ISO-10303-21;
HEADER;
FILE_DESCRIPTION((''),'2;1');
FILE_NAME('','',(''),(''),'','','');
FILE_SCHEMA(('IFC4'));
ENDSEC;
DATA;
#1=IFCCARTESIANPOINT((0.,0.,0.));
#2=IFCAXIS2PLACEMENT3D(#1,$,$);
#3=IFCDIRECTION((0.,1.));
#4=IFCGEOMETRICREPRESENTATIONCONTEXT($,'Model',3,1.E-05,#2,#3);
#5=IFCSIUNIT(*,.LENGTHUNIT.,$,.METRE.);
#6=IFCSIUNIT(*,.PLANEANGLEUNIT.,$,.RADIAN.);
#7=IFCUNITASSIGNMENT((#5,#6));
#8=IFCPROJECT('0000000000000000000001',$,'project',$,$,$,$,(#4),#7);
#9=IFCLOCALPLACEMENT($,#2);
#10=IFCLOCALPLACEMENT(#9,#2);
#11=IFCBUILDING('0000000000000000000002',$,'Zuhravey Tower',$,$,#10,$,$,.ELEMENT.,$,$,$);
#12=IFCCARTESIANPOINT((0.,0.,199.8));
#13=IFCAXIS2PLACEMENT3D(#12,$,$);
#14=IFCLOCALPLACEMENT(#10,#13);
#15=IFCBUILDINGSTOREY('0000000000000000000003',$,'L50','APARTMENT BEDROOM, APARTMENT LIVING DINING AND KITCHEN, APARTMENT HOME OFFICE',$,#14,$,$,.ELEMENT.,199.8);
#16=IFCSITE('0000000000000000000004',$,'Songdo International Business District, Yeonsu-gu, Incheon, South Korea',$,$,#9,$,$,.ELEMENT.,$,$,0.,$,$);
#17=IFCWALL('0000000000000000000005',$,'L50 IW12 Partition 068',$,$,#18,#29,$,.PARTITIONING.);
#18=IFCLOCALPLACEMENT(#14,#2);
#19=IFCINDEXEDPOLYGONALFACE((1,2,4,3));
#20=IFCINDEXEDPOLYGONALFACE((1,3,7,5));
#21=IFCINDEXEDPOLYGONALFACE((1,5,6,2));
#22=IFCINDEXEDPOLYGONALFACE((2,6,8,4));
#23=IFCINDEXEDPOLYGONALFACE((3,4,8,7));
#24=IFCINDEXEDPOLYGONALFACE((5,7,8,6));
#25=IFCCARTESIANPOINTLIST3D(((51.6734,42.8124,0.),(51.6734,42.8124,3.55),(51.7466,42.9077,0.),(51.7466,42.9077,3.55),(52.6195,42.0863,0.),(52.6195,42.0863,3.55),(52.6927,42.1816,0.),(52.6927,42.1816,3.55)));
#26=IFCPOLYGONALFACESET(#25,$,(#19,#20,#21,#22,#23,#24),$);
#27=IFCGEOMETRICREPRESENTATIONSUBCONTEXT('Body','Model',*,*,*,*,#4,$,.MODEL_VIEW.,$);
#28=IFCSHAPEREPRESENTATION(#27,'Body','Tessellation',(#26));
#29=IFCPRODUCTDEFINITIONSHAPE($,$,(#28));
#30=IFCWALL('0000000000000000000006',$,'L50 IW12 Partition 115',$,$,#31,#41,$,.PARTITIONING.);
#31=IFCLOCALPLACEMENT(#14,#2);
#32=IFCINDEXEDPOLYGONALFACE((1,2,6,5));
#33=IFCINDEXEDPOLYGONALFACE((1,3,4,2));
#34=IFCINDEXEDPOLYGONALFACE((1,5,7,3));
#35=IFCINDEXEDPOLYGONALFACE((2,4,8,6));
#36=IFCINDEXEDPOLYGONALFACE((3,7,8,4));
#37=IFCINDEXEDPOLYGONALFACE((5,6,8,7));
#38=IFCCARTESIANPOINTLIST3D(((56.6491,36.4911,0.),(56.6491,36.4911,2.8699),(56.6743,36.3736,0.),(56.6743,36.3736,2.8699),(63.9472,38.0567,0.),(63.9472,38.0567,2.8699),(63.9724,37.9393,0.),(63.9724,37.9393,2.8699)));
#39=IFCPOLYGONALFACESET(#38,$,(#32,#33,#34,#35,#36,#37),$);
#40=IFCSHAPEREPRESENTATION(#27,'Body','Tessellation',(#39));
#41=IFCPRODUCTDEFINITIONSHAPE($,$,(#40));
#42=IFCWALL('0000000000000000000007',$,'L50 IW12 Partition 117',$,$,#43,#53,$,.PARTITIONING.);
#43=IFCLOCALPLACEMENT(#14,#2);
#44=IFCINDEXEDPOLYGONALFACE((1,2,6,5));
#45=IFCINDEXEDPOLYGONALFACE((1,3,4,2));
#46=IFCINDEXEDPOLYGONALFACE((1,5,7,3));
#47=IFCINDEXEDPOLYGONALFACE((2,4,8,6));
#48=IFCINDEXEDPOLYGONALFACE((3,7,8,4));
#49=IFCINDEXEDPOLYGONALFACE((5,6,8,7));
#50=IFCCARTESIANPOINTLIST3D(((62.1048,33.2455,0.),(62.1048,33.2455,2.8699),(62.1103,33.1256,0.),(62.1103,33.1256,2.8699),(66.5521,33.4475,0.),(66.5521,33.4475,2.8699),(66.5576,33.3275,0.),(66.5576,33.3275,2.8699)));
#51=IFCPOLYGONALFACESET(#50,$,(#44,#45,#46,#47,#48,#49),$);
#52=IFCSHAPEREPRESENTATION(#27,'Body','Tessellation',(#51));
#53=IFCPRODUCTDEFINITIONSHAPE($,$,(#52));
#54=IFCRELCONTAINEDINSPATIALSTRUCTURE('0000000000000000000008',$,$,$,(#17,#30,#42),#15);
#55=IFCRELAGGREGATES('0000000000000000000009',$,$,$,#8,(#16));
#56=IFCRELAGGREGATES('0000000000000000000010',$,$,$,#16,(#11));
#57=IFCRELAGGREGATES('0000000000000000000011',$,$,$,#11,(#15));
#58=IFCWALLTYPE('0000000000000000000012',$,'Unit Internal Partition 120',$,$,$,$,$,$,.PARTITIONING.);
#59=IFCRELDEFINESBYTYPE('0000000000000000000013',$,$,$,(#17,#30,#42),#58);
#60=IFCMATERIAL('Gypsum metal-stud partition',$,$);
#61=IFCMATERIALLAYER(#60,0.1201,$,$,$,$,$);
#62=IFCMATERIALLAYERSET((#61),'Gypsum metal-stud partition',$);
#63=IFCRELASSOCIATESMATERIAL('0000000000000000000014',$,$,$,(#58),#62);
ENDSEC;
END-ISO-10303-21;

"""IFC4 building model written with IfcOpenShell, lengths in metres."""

from ifc_helpers import new_model, si_unit, direction, frame, frame_2d, origin, place, context, subcontext, project, spatial, rectangle, extrude, material, layer, layer_set, type_object, element, save


model = new_model("IFC4")

# Units and contexts
model_context = context("Model", 3, precision=1e-05, world=origin(), true_north=direction((0.0, 1.0)))
body_context = subcontext(model_context, "Body", "Model", "MODEL_VIEW")
ifc_project = project(units=[si_unit("LENGTHUNIT", "METRE"), si_unit("PLANEANGLEUNIT", "RADIAN")], contexts=[model_context])

# Site, building, storey
site_placement = place(None, origin())
site = spatial("IfcSite", under=ifc_project, at=site_placement, Name="Songdo International Business District, Yeonsu-gu, Incheon, South Korea", CompositionType="ELEMENT", RefElevation=0.0)
building_placement = place(site_placement, origin())
building = spatial("IfcBuilding", under=site, at=building_placement, Name="Zuhravey Tower", CompositionType="ELEMENT")
storey_placement = place(building_placement, frame((0.0, 0.0, 199.8)))
storey = spatial("IfcBuildingStorey", under=building, at=storey_placement, Name="L50", Description="APARTMENT BEDROOM, APARTMENT LIVING DINING AND KITCHEN, APARTMENT HOME OFFICE", CompositionType="ELEMENT", Elevation=199.8)

# Shared definitions
ifc_material_1 = material(Name="Gypsum metal-stud partition")
ifc_layer_1 = layer(ifc_material_1, 0.1201)
ifc_layer_set_1 = layer_set([ifc_layer_1], Name="Gypsum metal-stud partition")
wall_type_1 = type_object("IfcWallType", Name="Unit Internal Partition 120", PredefinedType="PARTITIONING", material=ifc_layer_set_1)

# Walls
wall_1_placement = place(storey_placement, frame((52.656, 42.134, 0.0), z_axis=(0.0, 0.0, 1.0), x_axis=(-0.793293, 0.60884, 0.0)))
element("IfcWall", 1, at=wall_1_placement, inside=storey, type_object=wall_type_1, Name="L50 IW12 Partition 068", PredefinedType="PARTITIONING", context=body_context, shape_type="SweptSolid", body=[
    extrude(rectangle(XDim=1.1926, YDim=0.1201, at=frame_2d((0.5962, 0.0))), origin(), (0.0, 0.0, 1.0), 3.55),
])
wall_2_placement = place(storey_placement, frame((56.6619, 36.4324, 0.0), z_axis=(0.0, 0.0, 1.0), x_axis=(0.977753, 0.209759, 0.0)))
element("IfcWall", 2, at=wall_2_placement, inside=storey, type_object=wall_type_1, Name="L50 IW12 Partition 115", PredefinedType="PARTITIONING", context=body_context, shape_type="SweptSolid", body=[
    extrude(rectangle(XDim=7.4641, YDim=0.1201, at=frame_2d((3.7319, 0.0))), origin(), (0.0, 0.0, 1.0), 2.8699),
])
wall_3_placement = place(storey_placement, frame((62.1074, 33.1855, 0.0), z_axis=(0.0, 0.0, 1.0), x_axis=(0.998971, 0.045353, 0.0)))
element("IfcWall", 3, at=wall_3_placement, inside=storey, type_object=wall_type_1, Name="L50 IW12 Partition 117", PredefinedType="PARTITIONING", context=body_context, shape_type="SweptSolid", body=[
    extrude(rectangle(XDim=4.4519, YDim=0.1201, at=frame_2d((2.2261, 0.0))), origin(), (0.0, 0.0, 1.0), 2.8699),
])

save(model, "model.ifc")
